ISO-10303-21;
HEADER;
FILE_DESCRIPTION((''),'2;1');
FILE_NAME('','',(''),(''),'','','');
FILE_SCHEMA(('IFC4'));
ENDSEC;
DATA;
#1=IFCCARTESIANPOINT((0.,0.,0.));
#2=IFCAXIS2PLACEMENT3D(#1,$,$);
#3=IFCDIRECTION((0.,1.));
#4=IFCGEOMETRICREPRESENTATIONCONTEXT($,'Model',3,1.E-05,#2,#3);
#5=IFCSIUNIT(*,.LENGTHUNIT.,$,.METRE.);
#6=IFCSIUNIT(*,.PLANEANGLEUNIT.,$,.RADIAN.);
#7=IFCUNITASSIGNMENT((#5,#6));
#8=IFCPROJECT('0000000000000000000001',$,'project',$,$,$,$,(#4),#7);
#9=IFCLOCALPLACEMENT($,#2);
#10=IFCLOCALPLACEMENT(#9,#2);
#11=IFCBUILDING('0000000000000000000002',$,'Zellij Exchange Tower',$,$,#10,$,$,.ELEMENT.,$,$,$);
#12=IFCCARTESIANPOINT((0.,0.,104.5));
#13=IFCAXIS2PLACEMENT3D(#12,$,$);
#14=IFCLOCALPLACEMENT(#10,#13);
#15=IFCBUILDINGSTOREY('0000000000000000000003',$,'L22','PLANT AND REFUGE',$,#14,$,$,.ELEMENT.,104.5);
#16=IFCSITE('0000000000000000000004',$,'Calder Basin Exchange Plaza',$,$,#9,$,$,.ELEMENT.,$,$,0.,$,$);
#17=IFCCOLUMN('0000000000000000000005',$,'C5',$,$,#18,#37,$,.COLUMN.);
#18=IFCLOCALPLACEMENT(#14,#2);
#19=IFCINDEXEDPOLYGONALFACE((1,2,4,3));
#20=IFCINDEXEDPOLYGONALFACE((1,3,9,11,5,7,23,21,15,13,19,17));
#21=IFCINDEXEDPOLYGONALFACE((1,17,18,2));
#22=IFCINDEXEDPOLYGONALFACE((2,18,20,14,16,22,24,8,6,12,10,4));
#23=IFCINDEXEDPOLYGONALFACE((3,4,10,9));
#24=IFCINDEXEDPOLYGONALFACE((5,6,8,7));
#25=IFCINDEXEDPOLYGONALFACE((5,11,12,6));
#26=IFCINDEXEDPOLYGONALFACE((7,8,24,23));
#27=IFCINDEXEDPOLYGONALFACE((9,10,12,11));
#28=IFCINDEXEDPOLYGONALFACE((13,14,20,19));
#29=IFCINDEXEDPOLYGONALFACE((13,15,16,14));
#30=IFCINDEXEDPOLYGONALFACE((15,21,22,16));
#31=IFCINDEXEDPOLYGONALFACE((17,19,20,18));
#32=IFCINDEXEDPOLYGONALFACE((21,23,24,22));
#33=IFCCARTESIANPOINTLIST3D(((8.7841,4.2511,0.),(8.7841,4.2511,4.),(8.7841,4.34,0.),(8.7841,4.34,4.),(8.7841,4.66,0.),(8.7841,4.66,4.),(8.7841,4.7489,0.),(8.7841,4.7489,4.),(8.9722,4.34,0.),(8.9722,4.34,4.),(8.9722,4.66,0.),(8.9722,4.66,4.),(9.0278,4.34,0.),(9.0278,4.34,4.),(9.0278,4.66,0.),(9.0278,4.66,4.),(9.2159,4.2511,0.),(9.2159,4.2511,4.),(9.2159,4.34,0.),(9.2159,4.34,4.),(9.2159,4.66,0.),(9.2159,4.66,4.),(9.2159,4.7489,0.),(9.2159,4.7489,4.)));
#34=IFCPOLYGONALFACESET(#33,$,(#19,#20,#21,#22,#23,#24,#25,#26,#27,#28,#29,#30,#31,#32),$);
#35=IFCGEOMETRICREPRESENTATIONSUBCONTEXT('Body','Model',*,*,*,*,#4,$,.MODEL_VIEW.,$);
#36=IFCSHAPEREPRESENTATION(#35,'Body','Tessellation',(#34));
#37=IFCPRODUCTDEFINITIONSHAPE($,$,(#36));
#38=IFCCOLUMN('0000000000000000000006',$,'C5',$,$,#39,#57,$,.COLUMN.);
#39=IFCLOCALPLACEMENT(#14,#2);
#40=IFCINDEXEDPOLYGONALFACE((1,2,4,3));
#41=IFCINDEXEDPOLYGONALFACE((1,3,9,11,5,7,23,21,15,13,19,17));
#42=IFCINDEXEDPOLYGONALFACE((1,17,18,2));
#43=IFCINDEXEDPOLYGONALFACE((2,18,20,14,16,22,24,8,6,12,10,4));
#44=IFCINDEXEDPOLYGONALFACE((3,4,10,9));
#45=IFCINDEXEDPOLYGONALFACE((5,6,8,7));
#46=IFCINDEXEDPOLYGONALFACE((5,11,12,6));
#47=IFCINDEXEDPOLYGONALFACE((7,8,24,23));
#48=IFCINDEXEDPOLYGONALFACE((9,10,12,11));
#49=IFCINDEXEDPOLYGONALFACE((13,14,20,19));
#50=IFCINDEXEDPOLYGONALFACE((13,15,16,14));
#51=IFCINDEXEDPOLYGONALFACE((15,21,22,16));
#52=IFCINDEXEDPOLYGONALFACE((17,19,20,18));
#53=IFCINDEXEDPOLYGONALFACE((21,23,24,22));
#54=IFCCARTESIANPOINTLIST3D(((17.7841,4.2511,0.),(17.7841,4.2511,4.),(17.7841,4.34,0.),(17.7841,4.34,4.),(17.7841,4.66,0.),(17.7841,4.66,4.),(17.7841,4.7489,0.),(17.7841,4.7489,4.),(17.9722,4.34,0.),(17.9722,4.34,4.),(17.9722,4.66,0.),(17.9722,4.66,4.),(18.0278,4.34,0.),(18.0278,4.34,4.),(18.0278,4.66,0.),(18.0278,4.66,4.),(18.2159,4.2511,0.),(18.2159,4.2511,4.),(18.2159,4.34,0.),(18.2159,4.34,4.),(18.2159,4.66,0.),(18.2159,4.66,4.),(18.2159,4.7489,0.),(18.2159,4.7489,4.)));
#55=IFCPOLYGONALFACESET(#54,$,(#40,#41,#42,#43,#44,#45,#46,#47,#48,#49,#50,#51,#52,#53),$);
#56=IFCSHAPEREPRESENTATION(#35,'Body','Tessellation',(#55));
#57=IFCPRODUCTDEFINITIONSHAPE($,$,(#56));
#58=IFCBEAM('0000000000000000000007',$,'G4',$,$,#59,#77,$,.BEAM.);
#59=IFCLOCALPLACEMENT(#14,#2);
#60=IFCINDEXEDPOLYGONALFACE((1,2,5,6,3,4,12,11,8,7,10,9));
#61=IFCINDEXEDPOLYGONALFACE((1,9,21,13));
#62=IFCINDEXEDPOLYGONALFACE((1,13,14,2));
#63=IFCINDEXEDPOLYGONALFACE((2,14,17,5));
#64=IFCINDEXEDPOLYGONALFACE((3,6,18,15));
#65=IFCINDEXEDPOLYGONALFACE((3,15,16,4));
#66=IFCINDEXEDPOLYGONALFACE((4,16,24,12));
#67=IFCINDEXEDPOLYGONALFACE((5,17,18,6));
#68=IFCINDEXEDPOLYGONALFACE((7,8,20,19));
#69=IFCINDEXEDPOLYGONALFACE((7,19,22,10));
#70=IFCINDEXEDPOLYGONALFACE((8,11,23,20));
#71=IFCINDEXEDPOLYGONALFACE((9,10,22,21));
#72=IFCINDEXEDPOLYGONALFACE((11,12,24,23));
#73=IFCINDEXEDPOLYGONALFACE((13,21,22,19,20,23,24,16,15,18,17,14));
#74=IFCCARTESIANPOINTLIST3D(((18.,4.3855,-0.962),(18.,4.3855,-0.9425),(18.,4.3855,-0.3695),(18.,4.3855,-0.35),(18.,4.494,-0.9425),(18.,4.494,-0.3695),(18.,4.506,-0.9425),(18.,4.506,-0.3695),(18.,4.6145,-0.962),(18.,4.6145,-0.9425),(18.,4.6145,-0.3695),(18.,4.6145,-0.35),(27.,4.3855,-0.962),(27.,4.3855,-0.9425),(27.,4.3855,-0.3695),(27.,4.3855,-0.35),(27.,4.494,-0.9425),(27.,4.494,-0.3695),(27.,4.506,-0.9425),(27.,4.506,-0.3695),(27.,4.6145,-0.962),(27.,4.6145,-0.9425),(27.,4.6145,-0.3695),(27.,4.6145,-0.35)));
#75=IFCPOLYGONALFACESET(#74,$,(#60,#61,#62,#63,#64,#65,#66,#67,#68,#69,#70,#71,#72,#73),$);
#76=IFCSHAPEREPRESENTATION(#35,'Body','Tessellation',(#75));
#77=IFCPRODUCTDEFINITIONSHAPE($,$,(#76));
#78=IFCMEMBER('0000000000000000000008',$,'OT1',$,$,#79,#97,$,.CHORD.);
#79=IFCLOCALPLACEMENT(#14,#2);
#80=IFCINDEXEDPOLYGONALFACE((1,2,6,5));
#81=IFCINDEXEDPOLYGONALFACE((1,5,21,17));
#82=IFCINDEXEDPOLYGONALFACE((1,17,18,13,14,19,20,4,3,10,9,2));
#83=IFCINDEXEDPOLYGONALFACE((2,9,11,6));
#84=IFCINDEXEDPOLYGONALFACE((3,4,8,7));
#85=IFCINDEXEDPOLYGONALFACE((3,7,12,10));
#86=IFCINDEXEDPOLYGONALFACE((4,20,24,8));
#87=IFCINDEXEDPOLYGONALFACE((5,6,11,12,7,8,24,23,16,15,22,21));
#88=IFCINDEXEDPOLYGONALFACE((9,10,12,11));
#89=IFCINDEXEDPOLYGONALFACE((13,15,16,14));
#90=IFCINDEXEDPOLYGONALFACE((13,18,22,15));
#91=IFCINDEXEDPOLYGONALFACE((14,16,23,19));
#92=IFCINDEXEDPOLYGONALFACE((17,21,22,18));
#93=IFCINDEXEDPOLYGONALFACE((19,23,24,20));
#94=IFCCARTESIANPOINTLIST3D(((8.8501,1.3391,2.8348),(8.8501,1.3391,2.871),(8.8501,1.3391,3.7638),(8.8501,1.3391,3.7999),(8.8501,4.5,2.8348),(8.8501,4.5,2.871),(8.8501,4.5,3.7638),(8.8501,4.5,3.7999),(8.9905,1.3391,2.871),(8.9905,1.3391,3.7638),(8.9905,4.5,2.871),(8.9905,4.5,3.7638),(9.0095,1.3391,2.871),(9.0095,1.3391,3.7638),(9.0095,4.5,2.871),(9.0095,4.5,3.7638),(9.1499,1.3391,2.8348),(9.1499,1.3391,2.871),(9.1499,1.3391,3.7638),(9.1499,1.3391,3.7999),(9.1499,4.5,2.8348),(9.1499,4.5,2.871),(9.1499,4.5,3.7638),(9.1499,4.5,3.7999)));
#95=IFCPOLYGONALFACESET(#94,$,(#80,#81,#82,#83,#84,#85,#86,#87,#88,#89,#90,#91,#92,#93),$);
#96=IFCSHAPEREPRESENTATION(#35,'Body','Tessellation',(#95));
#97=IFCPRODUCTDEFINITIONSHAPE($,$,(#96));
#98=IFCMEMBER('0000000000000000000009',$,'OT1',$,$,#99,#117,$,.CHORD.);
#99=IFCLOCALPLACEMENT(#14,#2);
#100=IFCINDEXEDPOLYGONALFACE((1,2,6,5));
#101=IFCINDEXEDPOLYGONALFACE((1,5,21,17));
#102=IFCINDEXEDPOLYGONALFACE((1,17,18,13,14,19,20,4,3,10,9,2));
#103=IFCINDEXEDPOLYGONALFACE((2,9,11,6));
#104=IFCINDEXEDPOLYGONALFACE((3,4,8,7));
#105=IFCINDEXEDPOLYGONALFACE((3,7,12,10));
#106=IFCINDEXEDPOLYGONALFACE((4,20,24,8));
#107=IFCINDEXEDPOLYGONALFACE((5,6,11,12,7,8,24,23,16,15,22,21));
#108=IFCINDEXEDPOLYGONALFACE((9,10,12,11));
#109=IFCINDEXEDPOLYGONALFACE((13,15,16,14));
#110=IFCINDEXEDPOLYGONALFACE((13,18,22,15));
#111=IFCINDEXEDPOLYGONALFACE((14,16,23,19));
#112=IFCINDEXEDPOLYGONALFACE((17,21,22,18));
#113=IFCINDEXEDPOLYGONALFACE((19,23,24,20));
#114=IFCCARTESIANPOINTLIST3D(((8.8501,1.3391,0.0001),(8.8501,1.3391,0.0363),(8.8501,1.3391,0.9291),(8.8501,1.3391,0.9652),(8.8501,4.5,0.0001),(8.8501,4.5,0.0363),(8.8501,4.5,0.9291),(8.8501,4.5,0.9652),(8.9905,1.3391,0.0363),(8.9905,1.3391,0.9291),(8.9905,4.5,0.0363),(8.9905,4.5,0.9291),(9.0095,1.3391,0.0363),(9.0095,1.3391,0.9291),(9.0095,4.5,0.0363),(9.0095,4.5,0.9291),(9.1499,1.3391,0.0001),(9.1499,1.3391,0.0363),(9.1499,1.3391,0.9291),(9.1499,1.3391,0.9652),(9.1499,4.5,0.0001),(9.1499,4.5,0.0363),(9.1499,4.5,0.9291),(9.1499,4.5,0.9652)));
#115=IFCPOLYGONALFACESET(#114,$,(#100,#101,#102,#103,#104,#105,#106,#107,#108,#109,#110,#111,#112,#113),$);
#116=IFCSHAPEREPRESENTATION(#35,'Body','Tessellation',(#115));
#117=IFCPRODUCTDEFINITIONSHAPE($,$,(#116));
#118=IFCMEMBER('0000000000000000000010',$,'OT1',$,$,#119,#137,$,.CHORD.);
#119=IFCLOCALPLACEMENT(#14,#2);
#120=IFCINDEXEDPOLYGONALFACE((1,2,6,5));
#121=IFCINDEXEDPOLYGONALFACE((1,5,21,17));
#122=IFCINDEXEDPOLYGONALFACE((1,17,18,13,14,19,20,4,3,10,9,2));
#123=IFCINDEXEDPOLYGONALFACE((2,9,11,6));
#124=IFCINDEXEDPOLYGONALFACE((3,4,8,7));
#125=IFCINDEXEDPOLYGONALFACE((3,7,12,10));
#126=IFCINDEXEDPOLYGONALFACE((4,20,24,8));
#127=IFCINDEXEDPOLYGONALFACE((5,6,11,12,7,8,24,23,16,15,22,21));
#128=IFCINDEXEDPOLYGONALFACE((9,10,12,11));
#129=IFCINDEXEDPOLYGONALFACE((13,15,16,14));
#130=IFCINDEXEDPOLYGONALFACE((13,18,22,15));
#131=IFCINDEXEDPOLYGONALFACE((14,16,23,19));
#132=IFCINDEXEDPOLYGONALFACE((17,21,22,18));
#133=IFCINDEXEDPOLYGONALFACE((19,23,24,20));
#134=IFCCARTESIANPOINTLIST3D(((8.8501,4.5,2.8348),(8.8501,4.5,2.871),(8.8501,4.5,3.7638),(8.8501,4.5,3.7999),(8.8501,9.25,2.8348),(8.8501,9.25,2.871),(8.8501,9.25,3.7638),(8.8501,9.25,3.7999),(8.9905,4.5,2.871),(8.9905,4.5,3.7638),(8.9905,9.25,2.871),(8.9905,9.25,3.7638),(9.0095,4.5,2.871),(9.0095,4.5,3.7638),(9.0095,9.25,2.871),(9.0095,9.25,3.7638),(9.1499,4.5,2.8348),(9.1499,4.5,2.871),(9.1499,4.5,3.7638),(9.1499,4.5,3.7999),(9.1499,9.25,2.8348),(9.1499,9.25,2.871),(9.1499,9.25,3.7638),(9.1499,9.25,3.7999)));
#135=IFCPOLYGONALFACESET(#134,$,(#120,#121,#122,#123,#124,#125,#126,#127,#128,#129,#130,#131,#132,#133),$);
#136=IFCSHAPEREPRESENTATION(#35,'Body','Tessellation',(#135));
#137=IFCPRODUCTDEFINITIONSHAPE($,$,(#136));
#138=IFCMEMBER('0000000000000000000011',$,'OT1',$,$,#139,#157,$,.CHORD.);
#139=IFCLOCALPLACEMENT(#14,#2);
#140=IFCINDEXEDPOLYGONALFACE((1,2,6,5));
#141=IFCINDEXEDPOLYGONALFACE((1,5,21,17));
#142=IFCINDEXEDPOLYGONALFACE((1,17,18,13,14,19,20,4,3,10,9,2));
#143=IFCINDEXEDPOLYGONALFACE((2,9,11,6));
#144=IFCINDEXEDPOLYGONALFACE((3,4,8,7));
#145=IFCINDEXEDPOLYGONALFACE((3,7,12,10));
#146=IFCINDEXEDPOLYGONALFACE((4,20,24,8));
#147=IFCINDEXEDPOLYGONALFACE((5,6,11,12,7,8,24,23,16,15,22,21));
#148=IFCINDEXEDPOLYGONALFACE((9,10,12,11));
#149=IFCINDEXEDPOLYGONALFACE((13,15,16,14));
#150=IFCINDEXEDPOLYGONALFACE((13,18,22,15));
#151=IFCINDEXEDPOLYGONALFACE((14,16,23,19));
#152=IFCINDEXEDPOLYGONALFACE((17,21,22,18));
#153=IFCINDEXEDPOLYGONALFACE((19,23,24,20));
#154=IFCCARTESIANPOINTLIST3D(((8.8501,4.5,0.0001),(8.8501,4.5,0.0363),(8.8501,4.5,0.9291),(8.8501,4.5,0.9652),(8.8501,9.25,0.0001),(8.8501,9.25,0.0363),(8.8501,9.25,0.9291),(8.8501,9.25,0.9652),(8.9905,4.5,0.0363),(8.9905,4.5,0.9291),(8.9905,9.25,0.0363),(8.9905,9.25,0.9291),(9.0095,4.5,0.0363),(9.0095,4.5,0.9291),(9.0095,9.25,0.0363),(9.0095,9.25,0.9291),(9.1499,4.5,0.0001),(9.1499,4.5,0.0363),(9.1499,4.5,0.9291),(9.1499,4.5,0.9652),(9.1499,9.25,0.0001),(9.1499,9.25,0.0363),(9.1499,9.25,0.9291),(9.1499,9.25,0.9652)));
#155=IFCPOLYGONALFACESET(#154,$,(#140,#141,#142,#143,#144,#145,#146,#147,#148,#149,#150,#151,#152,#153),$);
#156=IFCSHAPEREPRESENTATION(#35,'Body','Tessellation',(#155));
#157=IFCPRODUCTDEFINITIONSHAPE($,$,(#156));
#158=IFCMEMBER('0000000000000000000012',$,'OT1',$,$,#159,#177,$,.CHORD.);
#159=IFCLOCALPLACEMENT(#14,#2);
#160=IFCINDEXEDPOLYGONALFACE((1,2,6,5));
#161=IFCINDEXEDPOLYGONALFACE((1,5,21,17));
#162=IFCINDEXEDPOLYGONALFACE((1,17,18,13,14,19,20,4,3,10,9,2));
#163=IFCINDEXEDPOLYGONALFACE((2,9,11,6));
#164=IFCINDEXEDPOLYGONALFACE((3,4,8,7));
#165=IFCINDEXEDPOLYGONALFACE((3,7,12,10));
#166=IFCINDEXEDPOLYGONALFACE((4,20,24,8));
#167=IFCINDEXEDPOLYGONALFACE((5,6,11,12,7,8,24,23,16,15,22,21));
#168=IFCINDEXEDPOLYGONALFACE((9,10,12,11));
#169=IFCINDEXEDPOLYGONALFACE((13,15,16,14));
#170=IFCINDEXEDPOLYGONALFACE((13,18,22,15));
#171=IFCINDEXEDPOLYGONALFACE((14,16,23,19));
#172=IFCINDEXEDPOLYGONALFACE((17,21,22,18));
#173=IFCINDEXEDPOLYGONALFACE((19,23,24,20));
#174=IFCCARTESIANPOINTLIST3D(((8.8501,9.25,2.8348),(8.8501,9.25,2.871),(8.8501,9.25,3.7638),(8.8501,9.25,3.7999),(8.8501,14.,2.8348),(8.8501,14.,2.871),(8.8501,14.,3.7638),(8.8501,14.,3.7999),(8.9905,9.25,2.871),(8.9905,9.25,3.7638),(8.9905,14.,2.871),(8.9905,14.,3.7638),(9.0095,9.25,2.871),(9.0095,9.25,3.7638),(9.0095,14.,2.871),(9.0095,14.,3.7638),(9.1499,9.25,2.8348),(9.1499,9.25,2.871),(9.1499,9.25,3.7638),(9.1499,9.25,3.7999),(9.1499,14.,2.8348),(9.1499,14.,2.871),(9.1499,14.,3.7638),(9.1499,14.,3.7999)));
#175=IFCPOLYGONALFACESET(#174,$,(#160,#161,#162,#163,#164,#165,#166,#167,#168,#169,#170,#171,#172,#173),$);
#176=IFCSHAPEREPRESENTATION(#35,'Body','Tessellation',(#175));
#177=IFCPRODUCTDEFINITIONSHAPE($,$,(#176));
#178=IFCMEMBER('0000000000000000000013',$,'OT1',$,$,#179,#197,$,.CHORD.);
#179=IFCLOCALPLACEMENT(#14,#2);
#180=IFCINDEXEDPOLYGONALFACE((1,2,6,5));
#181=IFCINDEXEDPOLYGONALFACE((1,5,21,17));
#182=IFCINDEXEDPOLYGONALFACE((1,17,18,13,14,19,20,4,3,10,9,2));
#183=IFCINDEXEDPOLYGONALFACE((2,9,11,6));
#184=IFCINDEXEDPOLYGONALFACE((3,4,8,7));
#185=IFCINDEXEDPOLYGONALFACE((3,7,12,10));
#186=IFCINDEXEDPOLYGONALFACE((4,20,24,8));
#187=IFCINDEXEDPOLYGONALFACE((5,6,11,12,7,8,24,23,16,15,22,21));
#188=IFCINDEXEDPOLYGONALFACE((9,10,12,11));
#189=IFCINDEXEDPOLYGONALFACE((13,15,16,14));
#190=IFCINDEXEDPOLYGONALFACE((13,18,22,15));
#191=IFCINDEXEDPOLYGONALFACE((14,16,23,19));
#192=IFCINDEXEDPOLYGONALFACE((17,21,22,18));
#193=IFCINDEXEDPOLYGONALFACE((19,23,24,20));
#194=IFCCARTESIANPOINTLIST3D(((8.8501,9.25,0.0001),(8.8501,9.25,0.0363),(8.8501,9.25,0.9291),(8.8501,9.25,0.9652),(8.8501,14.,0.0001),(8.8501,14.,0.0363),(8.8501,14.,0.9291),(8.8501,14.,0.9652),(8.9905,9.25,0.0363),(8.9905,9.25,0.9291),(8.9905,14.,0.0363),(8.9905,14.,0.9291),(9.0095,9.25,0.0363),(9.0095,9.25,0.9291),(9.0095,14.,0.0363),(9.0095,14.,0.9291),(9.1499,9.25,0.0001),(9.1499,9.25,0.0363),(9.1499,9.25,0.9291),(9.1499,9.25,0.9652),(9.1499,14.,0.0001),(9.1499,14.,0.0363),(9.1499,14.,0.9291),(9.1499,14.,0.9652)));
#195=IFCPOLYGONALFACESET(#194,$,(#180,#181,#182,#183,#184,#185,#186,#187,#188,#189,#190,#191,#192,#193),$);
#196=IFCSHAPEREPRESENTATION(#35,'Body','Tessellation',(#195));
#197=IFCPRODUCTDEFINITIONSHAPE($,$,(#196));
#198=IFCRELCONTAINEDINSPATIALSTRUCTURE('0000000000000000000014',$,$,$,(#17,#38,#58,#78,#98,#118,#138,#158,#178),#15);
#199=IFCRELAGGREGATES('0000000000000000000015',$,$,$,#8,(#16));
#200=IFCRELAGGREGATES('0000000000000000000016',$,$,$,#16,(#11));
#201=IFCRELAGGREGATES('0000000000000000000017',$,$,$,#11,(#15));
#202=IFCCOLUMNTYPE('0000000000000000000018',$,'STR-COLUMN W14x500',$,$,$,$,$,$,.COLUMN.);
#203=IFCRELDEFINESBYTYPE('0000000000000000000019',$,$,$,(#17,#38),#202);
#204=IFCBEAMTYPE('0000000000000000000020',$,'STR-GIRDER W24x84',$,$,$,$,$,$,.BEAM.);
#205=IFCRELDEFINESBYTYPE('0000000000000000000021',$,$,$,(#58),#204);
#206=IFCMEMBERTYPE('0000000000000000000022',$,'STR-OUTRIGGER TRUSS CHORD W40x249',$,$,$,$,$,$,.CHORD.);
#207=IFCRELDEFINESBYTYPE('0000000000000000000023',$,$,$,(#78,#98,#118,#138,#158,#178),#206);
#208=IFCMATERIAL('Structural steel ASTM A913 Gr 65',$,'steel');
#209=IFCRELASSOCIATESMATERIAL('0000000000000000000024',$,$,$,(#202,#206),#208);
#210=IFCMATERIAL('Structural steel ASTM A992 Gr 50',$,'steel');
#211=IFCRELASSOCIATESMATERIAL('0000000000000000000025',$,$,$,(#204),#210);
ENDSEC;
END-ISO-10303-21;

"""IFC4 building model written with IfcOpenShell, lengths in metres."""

from ifc_helpers import new_model, si_unit, direction, frame, origin, origin_2d, place, context, subcontext, project, spatial, i_section, extrude, material, material_profile, profile_set, type_object, element, save


model = new_model("IFC4")

# Units and contexts
model_context = context("Model", 3, precision=1e-05, world=origin(), true_north=direction((0.0, 1.0)))
body_context = subcontext(model_context, "Body", "Model", "MODEL_VIEW")
ifc_project = project(units=[si_unit("LENGTHUNIT", "METRE"), si_unit("PLANEANGLEUNIT", "RADIAN")], contexts=[model_context])

# Site, building, storey
site_placement = place(None, origin())
site = spatial("IfcSite", under=ifc_project, at=site_placement, Name="Calder Basin Exchange Plaza", CompositionType="ELEMENT", RefElevation=0.0)
building_placement = place(site_placement, origin())
building = spatial("IfcBuilding", under=site, at=building_placement, Name="Zellij Exchange Tower", CompositionType="ELEMENT")
storey_placement = place(building_placement, frame((0.0, 0.0, 104.5)))
storey = spatial("IfcBuildingStorey", under=building, at=storey_placement, Name="L22", Description="PLANT AND REFUGE", CompositionType="ELEMENT", Elevation=104.5)

# Columns
ifc_material_1 = material(Name="Structural steel ASTM A913 Gr 65", Category="steel")
ifc_material_profile_1 = material_profile(ifc_material_1, i_section(OverallWidth=0.4319, OverallDepth=0.4978, WebThickness=0.0557, FlangeThickness=0.0889, at=origin_2d()), Name="W14x500")
ifc_profile_set_1 = profile_set([ifc_material_profile_1], Name="Structural steel ASTM A913 Gr 65")
column_type = type_object("IfcColumnType", Name="STR-COLUMN W14x500", PredefinedType="COLUMN", material=ifc_profile_set_1)
for number, where, z_axis, x_axis, name in (
    (1, (9.0, 4.5, 0.0), (0.0, 0.0, 1.0), (1.0, 0.0, 0.0), "C5"),
    (2, (18.0, 4.5, 0.0), (0.0, 0.0, 1.0), (1.0, 0.0, 0.0), "C5"),
):
    element("IfcColumn", number, at=place(storey_placement, frame(where, z_axis=z_axis, x_axis=x_axis)), inside=storey, type_object=column_type, Name=name, PredefinedType="COLUMN", context=body_context, shape_type="SweptSolid", body=[
        extrude(i_section(OverallWidth=0.4319, OverallDepth=0.4978, WebThickness=0.0557, FlangeThickness=0.0889, at=origin_2d()), origin(), (0.0, 0.0, 1.0), 4.0),
    ])

# Beam
ifc_material_2 = material(Name="Structural steel ASTM A992 Gr 50", Category="steel")
ifc_material_profile_2 = material_profile(ifc_material_2, i_section(OverallWidth=0.229, OverallDepth=0.6121, WebThickness=0.012, FlangeThickness=0.0195, at=origin_2d()), Name="W24x84")
ifc_profile_set_2 = profile_set([ifc_material_profile_2], Name="Structural steel ASTM A992 Gr 50")
beam_type = type_object("IfcBeamType", Name="STR-GIRDER W24x84", PredefinedType="BEAM", material=ifc_profile_set_2)
beam_placement = place(storey_placement, frame((18.0, 4.5, -0.656), z_axis=(1.0, 0.0, 0.0), x_axis=(0.0, 1.0, 0.0)))
element("IfcBeam", 3, at=beam_placement, inside=storey, type_object=beam_type, Name="G4", PredefinedType="BEAM", context=body_context, shape_type="SweptSolid", body=[
    extrude(i_section(OverallWidth=0.229, OverallDepth=0.6121, WebThickness=0.012, FlangeThickness=0.0195, at=origin_2d()), origin(), (0.0, 0.0, 1.0), 9.0),
])

# Members
ifc_material_profile_3 = material_profile(ifc_material_1, i_section(OverallWidth=0.2998, OverallDepth=0.9651, WebThickness=0.019, FlangeThickness=0.0361, at=origin_2d()), Name="W40x249")
ifc_profile_set_3 = profile_set([ifc_material_profile_3], Name="Structural steel ASTM A913 Gr 65")
member_type_1 = type_object("IfcMemberType", Name="STR-OUTRIGGER TRUSS CHORD W40x249", PredefinedType="CHORD", material=ifc_profile_set_3)
for number, where, z_axis, x_axis, name in (
    (4, (9.0, 1.3391, 3.3174), (0.0, 1.0, 0.0), (-1.0, 0.0, 0.0), "OT1"),
    (5, (9.0, 1.3391, 0.4827), (0.0, 1.0, 0.0), (-1.0, 0.0, 0.0), "OT1"),
):
    element("IfcMember", number, at=place(storey_placement, frame(where, z_axis=z_axis, x_axis=x_axis)), inside=storey, type_object=member_type_1, Name=name, PredefinedType="CHORD", context=body_context, shape_type="SweptSolid", body=[
        extrude(i_section(OverallWidth=0.2998, OverallDepth=0.9651, WebThickness=0.019, FlangeThickness=0.0361, at=origin_2d()), origin(), (0.0, 0.0, 1.0), 3.1609),
    ])
for number, where, z_axis, x_axis, name in (
    (6, (9.0, 4.5, 3.3174), (0.0, 1.0, 0.0), (-1.0, 0.0, 0.0), "OT1"),
    (7, (9.0, 4.5, 0.4827), (0.0, 1.0, 0.0), (-1.0, 0.0, 0.0), "OT1"),
    (8, (9.0, 9.25, 3.3174), (0.0, 1.0, 0.0), (-1.0, 0.0, 0.0), "OT1"),
    (9, (9.0, 9.25, 0.4827), (0.0, 1.0, 0.0), (-1.0, 0.0, 0.0), "OT1"),
):
    element("IfcMember", number, at=place(storey_placement, frame(where, z_axis=z_axis, x_axis=x_axis)), inside=storey, type_object=member_type_1, Name=name, PredefinedType="CHORD", context=body_context, shape_type="SweptSolid", body=[
        extrude(i_section(OverallWidth=0.2998, OverallDepth=0.9651, WebThickness=0.019, FlangeThickness=0.0361, at=origin_2d()), origin(), (0.0, 0.0, 1.0), 4.75),
    ])

save(model, "model.ifc")
